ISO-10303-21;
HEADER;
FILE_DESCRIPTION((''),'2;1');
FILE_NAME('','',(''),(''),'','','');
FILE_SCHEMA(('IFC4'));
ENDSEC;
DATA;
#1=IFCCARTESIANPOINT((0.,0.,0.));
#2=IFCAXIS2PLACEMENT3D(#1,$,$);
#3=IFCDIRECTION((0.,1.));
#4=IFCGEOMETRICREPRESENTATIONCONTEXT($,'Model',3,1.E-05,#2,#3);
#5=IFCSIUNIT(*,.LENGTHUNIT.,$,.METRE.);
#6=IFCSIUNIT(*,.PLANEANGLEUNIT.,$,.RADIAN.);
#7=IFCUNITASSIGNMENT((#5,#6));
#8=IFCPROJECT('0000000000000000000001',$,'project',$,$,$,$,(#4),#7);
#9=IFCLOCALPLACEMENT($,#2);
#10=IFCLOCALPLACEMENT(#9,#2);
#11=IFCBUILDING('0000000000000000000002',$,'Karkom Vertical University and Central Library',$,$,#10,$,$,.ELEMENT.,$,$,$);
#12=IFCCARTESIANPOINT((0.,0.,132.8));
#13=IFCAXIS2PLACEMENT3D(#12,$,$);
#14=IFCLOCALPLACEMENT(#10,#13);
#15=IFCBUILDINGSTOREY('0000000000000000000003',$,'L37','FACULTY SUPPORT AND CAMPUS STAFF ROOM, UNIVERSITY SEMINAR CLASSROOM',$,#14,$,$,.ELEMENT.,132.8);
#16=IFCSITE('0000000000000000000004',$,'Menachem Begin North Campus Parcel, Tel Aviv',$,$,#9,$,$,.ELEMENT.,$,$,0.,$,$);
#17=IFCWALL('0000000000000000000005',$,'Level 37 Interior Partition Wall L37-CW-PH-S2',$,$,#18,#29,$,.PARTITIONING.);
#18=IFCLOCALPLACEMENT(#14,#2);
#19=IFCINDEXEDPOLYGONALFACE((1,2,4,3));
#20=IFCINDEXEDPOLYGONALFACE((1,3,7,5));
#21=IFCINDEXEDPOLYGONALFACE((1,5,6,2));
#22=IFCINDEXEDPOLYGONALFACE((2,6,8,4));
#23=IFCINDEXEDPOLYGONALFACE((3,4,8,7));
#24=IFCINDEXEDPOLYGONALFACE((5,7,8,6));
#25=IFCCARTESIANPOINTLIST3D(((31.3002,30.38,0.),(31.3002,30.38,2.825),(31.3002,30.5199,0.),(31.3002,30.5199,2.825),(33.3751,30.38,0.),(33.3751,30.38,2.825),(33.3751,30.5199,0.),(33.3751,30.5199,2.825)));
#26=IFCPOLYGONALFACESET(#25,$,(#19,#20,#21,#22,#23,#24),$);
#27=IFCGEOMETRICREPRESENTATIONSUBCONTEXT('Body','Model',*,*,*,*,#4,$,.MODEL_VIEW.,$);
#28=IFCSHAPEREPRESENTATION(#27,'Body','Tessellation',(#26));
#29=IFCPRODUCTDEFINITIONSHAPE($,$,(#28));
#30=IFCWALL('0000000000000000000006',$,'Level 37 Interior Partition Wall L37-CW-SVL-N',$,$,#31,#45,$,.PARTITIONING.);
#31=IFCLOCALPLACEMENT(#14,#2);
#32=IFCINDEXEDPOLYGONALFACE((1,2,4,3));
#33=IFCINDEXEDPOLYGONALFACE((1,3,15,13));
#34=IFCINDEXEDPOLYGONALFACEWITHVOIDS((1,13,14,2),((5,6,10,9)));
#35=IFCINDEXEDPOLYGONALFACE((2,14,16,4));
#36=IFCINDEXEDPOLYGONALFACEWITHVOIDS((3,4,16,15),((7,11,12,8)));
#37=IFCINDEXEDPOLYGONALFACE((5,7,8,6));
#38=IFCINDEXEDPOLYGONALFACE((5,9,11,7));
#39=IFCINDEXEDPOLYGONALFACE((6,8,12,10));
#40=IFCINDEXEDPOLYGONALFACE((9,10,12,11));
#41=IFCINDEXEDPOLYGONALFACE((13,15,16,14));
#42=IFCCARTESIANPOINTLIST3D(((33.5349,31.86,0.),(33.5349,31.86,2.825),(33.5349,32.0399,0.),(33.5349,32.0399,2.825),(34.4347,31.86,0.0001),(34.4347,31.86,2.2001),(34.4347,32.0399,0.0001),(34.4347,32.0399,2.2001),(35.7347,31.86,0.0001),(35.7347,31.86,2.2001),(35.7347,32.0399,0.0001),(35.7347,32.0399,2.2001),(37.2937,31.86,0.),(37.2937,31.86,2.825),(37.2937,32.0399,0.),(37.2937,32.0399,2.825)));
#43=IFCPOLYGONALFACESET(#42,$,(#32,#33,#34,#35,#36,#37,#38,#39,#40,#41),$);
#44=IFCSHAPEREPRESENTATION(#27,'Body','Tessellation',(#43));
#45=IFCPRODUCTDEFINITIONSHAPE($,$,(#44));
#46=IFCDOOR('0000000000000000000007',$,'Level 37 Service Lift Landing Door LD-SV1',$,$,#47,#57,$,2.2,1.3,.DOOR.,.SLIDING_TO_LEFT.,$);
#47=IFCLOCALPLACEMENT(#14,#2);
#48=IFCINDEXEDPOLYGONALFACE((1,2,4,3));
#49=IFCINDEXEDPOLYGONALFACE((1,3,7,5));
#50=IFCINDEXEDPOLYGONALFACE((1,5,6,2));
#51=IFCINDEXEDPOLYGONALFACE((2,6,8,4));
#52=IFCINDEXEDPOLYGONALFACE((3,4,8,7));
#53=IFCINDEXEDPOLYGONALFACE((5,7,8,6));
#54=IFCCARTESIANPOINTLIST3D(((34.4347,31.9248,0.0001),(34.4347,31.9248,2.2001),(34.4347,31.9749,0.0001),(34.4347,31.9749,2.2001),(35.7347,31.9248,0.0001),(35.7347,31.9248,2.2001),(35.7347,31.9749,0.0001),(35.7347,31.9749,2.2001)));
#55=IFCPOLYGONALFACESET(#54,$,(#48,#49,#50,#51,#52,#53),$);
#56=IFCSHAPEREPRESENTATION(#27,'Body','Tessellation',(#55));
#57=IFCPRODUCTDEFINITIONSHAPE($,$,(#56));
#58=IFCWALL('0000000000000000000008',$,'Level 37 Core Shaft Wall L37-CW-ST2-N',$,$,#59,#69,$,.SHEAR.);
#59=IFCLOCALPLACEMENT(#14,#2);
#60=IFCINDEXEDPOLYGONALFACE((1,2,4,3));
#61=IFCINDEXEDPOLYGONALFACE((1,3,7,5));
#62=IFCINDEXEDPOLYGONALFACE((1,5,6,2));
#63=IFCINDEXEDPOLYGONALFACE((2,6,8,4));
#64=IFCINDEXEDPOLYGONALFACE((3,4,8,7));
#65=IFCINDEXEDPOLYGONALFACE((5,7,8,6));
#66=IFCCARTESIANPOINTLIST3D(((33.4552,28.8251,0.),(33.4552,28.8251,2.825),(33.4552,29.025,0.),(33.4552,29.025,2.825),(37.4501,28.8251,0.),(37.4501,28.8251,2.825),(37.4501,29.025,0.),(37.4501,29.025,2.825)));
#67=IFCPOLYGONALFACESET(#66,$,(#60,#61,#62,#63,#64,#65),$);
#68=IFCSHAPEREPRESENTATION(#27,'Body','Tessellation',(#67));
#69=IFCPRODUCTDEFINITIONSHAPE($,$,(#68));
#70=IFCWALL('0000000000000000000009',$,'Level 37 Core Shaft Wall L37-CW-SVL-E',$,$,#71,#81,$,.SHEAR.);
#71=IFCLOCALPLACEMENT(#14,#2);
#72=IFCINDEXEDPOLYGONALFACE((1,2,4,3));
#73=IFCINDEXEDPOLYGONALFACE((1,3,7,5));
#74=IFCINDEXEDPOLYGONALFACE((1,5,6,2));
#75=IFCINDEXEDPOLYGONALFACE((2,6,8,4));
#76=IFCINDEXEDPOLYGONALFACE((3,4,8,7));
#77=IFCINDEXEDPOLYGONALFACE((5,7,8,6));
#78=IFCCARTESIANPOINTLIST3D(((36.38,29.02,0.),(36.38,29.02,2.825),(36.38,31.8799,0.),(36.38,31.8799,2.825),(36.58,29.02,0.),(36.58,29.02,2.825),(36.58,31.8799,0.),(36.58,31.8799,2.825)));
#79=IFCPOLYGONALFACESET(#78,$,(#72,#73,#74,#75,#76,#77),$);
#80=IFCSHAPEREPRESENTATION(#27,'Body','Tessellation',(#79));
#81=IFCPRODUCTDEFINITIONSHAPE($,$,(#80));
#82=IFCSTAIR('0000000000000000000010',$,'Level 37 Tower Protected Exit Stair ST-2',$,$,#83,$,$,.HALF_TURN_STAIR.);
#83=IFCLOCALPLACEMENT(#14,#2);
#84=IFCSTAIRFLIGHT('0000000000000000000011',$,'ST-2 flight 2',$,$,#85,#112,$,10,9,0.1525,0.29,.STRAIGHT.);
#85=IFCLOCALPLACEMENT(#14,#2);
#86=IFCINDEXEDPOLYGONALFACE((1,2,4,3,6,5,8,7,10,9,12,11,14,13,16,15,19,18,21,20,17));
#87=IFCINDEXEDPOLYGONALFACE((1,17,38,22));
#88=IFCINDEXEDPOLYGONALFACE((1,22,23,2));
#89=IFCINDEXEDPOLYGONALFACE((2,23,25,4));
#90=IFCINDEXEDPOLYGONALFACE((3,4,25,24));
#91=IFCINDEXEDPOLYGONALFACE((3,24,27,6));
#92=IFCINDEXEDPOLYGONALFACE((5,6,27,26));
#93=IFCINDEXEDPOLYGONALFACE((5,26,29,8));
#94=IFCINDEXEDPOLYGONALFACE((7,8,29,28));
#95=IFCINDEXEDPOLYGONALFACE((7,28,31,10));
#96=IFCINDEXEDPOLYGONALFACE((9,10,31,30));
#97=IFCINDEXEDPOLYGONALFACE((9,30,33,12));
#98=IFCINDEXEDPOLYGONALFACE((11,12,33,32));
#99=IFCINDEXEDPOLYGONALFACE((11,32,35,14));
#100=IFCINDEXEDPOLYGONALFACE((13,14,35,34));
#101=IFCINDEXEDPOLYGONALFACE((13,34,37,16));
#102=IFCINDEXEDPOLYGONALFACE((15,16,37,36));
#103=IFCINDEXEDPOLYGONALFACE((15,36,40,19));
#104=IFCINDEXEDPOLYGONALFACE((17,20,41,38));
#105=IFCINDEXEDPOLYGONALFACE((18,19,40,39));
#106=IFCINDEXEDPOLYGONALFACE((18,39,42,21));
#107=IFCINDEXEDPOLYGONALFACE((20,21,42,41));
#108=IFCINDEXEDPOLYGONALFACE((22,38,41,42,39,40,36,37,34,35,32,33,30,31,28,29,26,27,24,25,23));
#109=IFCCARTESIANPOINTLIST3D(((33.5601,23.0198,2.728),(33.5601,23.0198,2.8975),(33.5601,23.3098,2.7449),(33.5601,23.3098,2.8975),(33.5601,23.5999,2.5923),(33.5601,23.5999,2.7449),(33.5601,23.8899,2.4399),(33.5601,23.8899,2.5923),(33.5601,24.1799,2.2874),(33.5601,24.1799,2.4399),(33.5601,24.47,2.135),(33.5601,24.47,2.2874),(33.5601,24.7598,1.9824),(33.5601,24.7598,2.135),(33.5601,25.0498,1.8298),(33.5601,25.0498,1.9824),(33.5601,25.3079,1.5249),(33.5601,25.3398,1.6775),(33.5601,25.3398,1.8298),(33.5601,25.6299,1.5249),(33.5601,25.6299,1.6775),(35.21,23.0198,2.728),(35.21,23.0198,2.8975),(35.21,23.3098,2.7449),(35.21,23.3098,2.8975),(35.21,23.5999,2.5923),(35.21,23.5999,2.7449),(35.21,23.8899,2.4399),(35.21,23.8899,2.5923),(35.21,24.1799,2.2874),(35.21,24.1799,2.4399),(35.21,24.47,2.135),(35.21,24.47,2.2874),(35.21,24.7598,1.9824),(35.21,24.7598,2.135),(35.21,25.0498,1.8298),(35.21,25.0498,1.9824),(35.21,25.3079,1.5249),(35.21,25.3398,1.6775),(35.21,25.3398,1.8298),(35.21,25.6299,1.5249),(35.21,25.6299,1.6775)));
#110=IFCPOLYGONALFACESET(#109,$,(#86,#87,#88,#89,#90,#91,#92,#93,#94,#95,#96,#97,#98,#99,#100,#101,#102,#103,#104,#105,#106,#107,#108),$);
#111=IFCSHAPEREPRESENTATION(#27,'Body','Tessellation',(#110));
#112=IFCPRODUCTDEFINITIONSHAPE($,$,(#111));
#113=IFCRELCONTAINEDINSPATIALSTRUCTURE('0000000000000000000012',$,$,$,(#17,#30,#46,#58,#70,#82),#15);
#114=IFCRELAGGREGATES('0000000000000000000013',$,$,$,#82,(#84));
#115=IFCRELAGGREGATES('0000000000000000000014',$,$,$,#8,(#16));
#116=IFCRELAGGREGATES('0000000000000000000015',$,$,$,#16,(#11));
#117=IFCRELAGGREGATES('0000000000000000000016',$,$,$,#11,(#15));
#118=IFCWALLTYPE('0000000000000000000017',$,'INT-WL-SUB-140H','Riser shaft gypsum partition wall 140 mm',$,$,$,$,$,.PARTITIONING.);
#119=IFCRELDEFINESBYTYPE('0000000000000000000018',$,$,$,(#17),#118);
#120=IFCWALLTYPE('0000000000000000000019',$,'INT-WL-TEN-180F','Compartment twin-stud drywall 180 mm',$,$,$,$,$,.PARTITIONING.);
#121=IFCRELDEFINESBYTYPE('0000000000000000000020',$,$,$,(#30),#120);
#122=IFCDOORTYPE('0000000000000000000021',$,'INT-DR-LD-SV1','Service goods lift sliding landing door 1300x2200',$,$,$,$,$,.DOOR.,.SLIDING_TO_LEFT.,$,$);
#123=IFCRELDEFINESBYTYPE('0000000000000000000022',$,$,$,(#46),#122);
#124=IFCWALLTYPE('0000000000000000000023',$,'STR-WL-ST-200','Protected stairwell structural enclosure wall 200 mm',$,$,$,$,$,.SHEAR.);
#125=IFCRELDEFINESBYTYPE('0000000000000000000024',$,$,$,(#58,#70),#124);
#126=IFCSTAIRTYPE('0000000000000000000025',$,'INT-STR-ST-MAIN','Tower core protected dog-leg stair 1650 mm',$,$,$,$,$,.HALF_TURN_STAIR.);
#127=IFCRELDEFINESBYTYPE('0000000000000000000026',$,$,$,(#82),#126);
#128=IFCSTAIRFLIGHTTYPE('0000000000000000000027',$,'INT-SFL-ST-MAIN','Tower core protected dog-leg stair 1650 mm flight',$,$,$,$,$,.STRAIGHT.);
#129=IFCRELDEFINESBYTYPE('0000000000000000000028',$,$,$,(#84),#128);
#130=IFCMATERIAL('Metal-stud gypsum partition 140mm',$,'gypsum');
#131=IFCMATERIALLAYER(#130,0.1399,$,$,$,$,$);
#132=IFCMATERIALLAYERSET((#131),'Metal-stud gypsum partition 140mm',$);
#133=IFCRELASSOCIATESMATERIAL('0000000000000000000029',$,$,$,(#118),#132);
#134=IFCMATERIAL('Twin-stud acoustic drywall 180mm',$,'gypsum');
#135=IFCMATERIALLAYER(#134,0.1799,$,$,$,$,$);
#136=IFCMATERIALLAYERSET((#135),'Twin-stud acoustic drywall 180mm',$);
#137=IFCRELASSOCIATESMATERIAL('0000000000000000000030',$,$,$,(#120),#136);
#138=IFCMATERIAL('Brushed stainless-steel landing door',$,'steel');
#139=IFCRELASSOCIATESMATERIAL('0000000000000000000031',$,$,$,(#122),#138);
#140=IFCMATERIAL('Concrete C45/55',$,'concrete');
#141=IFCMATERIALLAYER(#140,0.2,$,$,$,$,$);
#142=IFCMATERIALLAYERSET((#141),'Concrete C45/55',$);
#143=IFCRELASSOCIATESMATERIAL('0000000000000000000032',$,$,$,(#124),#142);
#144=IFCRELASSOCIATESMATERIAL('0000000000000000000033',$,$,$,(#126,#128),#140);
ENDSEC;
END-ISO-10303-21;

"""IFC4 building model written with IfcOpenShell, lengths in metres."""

from ifc_helpers import new_model, si_unit, direction, frame, frame_2d, origin, origin_with_axes, place, context, subcontext, project, spatial, polyline, rectangle, outline, extrude, source, transform, mapped, material, layer, layer_set, type_object, element, fill, aggregate, save


model = new_model("IFC4")

# Units and contexts
model_context = context("Model", 3, precision=1e-05, world=origin(), true_north=direction((0.0, 1.0)))
body_context = subcontext(model_context, "Body", "Model", "MODEL_VIEW")
ifc_project = project(units=[si_unit("LENGTHUNIT", "METRE"), si_unit("PLANEANGLEUNIT", "RADIAN")], contexts=[model_context])

# Site, building, storey
site_placement = place(None, origin())
site = spatial("IfcSite", under=ifc_project, at=site_placement, Name="Menachem Begin North Campus Parcel, Tel Aviv", CompositionType="ELEMENT", RefElevation=0.0)
building_placement = place(site_placement, origin())
building = spatial("IfcBuilding", under=site, at=building_placement, Name="Karkom Vertical University and Central Library", CompositionType="ELEMENT")
storey_placement = place(building_placement, frame((0.0, 0.0, 132.8)))
storey = spatial("IfcBuildingStorey", under=building, at=storey_placement, Name="L37", Description="FACULTY SUPPORT AND CAMPUS STAFF ROOM, UNIVERSITY SEMINAR CLASSROOM", CompositionType="ELEMENT", Elevation=132.8)

# Wall
ifc_material_1 = material(Name="Metal-stud gypsum partition 140mm", Category="gypsum")
ifc_layer_1 = layer(ifc_material_1, 0.1399)
ifc_layer_set_1 = layer_set([ifc_layer_1], Name="Metal-stud gypsum partition 140mm")
wall_type_1 = type_object("IfcWallType", Name="INT-WL-SUB-140H", Description="Riser shaft gypsum partition wall 140 mm", PredefinedType="PARTITIONING", material=ifc_layer_set_1)
wall_1_placement = place(storey_placement, frame((31.3, 30.45, 0.0), z_axis=(0.0, 0.0, 1.0), x_axis=(1.0, 0.0, 0.0)))
element("IfcWall", 1, at=wall_1_placement, inside=storey, type_object=wall_type_1, Name="Level 37 Interior Partition Wall L37-CW-PH-S2", PredefinedType="PARTITIONING", context=body_context, shape_type="SweptSolid", body=[
    extrude(rectangle(XDim=2.075, YDim=0.1399, at=frame_2d((1.0376, 0.0))), origin(), (0.0, 0.0, 1.0), 2.825),
])

# Wall, opening, door
ifc_material_2 = material(Name="Twin-stud acoustic drywall 180mm", Category="gypsum")
ifc_layer_2 = layer(ifc_material_2, 0.1799)
ifc_layer_set_2 = layer_set([ifc_layer_2], Name="Twin-stud acoustic drywall 180mm")
wall_type_2 = type_object("IfcWallType", Name="INT-WL-TEN-180F", Description="Compartment twin-stud drywall 180 mm", PredefinedType="PARTITIONING", material=ifc_layer_set_2)
wall_2_placement = place(storey_placement, frame((33.5349, 31.95, 0.0), z_axis=(0.0, 0.0, 1.0), x_axis=(1.0, 0.0, 0.0)))
wall_2 = element("IfcWall", 2, at=wall_2_placement, inside=storey, type_object=wall_type_2, Name="Level 37 Interior Partition Wall L37-CW-SVL-N", PredefinedType="PARTITIONING", context=body_context, shape_type="SweptSolid", body=[
    extrude(rectangle(XDim=3.7588, YDim=0.1799, at=frame_2d((1.8794, 0.0))), origin(), (0.0, 0.0, 1.0), 2.825),
])
opening_1_placement = place(wall_2_placement, frame((0.8999, 0.0, 0.0)))
opening_1 = element("IfcOpeningElement", 3, at=opening_1_placement, cuts=wall_2, PredefinedType="OPENING", context=body_context, shape_type="SweptSolid", body=[
    extrude(rectangle(XDim=1.3, YDim=2.2, at=frame_2d((0.6499, 1.1001))), frame((0.0, 0.1001, 0.0), z_axis=(0.0, -1.0, 0.0), x_axis=(1.0, 0.0, 0.0)), (0.0, 0.0, 1.0), 0.2),
])
ifc_material_3 = material(Name="Brushed stainless-steel landing door", Category="steel")
door_type_1 = type_object("IfcDoorType", Name="INT-DR-LD-SV1", Description="Service goods lift sliding landing door 1300x2200", OperationType="SLIDING_TO_LEFT", PredefinedType="DOOR", material=ifc_material_3)
shared_shape_1 = source(origin_with_axes(), body_context, "Body", "SweptSolid", [
    extrude(rectangle(XDim=1.3, YDim=2.2, at=frame_2d((0.6499, 1.1001))), frame((0.0, 0.0249, 0.0), z_axis=(0.0, -1.0, 0.0), x_axis=(1.0, 0.0, 0.0)), (0.0, 0.0, 1.0), 0.05),
])
door_1_placement = place(opening_1_placement, origin())
door_1 = element("IfcDoor", 4, at=door_1_placement, inside=storey, type_object=door_type_1, Name="Level 37 Service Lift Landing Door LD-SV1", OperationType="SLIDING_TO_LEFT", OverallHeight=2.2, OverallWidth=1.3, PredefinedType="DOOR", context=body_context, shape_type="MappedRepresentation", body=[
    mapped(shared_shape_1, transform((0.0, 0.0, 0.0), scale=1.0)),
])
fill(opening_1, door_1)

# Walls
ifc_material_4 = material(Name="Concrete C45/55", Category="concrete")
ifc_layer_3 = layer(ifc_material_4, 0.2)
ifc_layer_set_3 = layer_set([ifc_layer_3], Name="Concrete C45/55")
wall_type_3 = type_object("IfcWallType", Name="STR-WL-ST-200", Description="Protected stairwell structural enclosure wall 200 mm", PredefinedType="SHEAR", material=ifc_layer_set_3)
wall_3_placement = place(storey_placement, frame((33.4551, 28.925, 0.0), z_axis=(0.0, 0.0, 1.0), x_axis=(1.0, 0.0, 0.0)))
element("IfcWall", 5, at=wall_3_placement, inside=storey, type_object=wall_type_3, Name="Level 37 Core Shaft Wall L37-CW-ST2-N", PredefinedType="SHEAR", context=body_context, shape_type="SweptSolid", body=[
    extrude(rectangle(XDim=3.9949, YDim=0.2, at=frame_2d((1.9976, 0.0))), origin(), (0.0, 0.0, 1.0), 2.825),
])
wall_4_placement = place(storey_placement, frame((36.48, 29.02, 0.0), z_axis=(0.0, 0.0, 1.0), x_axis=(0.0, 1.0, 0.0)))
element("IfcWall", 6, at=wall_4_placement, inside=storey, type_object=wall_type_3, Name="Level 37 Core Shaft Wall L37-CW-SVL-E", PredefinedType="SHEAR", context=body_context, shape_type="SweptSolid", body=[
    extrude(rectangle(XDim=2.8599, YDim=0.2, at=frame_2d((1.4299, 0.0))), origin(), (0.0, 0.0, 1.0), 2.825),
])

# Stair, stair flight
stair_type = type_object("IfcStairType", Name="INT-STR-ST-MAIN", Description="Tower core protected dog-leg stair 1650 mm", PredefinedType="HALF_TURN_STAIR", material=ifc_material_4)
stair_placement = place(storey_placement, origin())
stair = element("IfcStair", 7, at=stair_placement, inside=storey, type_object=stair_type, Name="Level 37 Tower Protected Exit Stair ST-2", PredefinedType="HALF_TURN_STAIR")
stair_flight_type = type_object("IfcStairFlightType", Name="INT-SFL-ST-MAIN", Description="Tower core protected dog-leg stair 1650 mm flight", PredefinedType="STRAIGHT", material=ifc_material_4)
stair_flight_placement = place(storey_placement, frame((34.385, 25.6299, 1.5249), z_axis=(0.0, 0.0, 1.0), x_axis=(0.0, -1.0, 0.0)))
stair_flight = element("IfcStairFlight", 8, at=stair_flight_placement, type_object=stair_flight_type, Name="ST-2 flight 2", NumberOfRisers=10, NumberOfTreads=9, PredefinedType="STRAIGHT", RiserHeight=0.1525, TreadLength=0.29, context=body_context, shape_type="SweptSolid", body=[
    extrude(outline(polyline([(0.0, 0.0), (0.0, 0.1526), (0.29, 0.1526), (0.29, 0.3049), (0.5801, 0.3049), (0.5801, 0.4575), (0.8701, 0.4575), (0.8701, 0.6101), (1.1599, 0.6101), (1.1599, 0.7625), (1.45, 0.7625), (1.45, 0.915), (1.74, 0.915), (1.74, 1.0674), (2.03, 1.0674), (2.03, 1.22), (2.3201, 1.22), (2.3201, 1.3726), (2.6101, 1.3726), (2.6101, 1.5249), (2.6101, 1.2031), (0.322, 0.0), (0.0, 0.0)])), frame((0.0, 0.825, 0.0), z_axis=(0.0, -1.0, 0.0), x_axis=(1.0, 0.0, 0.0)), (0.0, 0.0, 1.0), 1.6499),
])
aggregate(stair, [stair_flight])

save(model, "model.ifc")
